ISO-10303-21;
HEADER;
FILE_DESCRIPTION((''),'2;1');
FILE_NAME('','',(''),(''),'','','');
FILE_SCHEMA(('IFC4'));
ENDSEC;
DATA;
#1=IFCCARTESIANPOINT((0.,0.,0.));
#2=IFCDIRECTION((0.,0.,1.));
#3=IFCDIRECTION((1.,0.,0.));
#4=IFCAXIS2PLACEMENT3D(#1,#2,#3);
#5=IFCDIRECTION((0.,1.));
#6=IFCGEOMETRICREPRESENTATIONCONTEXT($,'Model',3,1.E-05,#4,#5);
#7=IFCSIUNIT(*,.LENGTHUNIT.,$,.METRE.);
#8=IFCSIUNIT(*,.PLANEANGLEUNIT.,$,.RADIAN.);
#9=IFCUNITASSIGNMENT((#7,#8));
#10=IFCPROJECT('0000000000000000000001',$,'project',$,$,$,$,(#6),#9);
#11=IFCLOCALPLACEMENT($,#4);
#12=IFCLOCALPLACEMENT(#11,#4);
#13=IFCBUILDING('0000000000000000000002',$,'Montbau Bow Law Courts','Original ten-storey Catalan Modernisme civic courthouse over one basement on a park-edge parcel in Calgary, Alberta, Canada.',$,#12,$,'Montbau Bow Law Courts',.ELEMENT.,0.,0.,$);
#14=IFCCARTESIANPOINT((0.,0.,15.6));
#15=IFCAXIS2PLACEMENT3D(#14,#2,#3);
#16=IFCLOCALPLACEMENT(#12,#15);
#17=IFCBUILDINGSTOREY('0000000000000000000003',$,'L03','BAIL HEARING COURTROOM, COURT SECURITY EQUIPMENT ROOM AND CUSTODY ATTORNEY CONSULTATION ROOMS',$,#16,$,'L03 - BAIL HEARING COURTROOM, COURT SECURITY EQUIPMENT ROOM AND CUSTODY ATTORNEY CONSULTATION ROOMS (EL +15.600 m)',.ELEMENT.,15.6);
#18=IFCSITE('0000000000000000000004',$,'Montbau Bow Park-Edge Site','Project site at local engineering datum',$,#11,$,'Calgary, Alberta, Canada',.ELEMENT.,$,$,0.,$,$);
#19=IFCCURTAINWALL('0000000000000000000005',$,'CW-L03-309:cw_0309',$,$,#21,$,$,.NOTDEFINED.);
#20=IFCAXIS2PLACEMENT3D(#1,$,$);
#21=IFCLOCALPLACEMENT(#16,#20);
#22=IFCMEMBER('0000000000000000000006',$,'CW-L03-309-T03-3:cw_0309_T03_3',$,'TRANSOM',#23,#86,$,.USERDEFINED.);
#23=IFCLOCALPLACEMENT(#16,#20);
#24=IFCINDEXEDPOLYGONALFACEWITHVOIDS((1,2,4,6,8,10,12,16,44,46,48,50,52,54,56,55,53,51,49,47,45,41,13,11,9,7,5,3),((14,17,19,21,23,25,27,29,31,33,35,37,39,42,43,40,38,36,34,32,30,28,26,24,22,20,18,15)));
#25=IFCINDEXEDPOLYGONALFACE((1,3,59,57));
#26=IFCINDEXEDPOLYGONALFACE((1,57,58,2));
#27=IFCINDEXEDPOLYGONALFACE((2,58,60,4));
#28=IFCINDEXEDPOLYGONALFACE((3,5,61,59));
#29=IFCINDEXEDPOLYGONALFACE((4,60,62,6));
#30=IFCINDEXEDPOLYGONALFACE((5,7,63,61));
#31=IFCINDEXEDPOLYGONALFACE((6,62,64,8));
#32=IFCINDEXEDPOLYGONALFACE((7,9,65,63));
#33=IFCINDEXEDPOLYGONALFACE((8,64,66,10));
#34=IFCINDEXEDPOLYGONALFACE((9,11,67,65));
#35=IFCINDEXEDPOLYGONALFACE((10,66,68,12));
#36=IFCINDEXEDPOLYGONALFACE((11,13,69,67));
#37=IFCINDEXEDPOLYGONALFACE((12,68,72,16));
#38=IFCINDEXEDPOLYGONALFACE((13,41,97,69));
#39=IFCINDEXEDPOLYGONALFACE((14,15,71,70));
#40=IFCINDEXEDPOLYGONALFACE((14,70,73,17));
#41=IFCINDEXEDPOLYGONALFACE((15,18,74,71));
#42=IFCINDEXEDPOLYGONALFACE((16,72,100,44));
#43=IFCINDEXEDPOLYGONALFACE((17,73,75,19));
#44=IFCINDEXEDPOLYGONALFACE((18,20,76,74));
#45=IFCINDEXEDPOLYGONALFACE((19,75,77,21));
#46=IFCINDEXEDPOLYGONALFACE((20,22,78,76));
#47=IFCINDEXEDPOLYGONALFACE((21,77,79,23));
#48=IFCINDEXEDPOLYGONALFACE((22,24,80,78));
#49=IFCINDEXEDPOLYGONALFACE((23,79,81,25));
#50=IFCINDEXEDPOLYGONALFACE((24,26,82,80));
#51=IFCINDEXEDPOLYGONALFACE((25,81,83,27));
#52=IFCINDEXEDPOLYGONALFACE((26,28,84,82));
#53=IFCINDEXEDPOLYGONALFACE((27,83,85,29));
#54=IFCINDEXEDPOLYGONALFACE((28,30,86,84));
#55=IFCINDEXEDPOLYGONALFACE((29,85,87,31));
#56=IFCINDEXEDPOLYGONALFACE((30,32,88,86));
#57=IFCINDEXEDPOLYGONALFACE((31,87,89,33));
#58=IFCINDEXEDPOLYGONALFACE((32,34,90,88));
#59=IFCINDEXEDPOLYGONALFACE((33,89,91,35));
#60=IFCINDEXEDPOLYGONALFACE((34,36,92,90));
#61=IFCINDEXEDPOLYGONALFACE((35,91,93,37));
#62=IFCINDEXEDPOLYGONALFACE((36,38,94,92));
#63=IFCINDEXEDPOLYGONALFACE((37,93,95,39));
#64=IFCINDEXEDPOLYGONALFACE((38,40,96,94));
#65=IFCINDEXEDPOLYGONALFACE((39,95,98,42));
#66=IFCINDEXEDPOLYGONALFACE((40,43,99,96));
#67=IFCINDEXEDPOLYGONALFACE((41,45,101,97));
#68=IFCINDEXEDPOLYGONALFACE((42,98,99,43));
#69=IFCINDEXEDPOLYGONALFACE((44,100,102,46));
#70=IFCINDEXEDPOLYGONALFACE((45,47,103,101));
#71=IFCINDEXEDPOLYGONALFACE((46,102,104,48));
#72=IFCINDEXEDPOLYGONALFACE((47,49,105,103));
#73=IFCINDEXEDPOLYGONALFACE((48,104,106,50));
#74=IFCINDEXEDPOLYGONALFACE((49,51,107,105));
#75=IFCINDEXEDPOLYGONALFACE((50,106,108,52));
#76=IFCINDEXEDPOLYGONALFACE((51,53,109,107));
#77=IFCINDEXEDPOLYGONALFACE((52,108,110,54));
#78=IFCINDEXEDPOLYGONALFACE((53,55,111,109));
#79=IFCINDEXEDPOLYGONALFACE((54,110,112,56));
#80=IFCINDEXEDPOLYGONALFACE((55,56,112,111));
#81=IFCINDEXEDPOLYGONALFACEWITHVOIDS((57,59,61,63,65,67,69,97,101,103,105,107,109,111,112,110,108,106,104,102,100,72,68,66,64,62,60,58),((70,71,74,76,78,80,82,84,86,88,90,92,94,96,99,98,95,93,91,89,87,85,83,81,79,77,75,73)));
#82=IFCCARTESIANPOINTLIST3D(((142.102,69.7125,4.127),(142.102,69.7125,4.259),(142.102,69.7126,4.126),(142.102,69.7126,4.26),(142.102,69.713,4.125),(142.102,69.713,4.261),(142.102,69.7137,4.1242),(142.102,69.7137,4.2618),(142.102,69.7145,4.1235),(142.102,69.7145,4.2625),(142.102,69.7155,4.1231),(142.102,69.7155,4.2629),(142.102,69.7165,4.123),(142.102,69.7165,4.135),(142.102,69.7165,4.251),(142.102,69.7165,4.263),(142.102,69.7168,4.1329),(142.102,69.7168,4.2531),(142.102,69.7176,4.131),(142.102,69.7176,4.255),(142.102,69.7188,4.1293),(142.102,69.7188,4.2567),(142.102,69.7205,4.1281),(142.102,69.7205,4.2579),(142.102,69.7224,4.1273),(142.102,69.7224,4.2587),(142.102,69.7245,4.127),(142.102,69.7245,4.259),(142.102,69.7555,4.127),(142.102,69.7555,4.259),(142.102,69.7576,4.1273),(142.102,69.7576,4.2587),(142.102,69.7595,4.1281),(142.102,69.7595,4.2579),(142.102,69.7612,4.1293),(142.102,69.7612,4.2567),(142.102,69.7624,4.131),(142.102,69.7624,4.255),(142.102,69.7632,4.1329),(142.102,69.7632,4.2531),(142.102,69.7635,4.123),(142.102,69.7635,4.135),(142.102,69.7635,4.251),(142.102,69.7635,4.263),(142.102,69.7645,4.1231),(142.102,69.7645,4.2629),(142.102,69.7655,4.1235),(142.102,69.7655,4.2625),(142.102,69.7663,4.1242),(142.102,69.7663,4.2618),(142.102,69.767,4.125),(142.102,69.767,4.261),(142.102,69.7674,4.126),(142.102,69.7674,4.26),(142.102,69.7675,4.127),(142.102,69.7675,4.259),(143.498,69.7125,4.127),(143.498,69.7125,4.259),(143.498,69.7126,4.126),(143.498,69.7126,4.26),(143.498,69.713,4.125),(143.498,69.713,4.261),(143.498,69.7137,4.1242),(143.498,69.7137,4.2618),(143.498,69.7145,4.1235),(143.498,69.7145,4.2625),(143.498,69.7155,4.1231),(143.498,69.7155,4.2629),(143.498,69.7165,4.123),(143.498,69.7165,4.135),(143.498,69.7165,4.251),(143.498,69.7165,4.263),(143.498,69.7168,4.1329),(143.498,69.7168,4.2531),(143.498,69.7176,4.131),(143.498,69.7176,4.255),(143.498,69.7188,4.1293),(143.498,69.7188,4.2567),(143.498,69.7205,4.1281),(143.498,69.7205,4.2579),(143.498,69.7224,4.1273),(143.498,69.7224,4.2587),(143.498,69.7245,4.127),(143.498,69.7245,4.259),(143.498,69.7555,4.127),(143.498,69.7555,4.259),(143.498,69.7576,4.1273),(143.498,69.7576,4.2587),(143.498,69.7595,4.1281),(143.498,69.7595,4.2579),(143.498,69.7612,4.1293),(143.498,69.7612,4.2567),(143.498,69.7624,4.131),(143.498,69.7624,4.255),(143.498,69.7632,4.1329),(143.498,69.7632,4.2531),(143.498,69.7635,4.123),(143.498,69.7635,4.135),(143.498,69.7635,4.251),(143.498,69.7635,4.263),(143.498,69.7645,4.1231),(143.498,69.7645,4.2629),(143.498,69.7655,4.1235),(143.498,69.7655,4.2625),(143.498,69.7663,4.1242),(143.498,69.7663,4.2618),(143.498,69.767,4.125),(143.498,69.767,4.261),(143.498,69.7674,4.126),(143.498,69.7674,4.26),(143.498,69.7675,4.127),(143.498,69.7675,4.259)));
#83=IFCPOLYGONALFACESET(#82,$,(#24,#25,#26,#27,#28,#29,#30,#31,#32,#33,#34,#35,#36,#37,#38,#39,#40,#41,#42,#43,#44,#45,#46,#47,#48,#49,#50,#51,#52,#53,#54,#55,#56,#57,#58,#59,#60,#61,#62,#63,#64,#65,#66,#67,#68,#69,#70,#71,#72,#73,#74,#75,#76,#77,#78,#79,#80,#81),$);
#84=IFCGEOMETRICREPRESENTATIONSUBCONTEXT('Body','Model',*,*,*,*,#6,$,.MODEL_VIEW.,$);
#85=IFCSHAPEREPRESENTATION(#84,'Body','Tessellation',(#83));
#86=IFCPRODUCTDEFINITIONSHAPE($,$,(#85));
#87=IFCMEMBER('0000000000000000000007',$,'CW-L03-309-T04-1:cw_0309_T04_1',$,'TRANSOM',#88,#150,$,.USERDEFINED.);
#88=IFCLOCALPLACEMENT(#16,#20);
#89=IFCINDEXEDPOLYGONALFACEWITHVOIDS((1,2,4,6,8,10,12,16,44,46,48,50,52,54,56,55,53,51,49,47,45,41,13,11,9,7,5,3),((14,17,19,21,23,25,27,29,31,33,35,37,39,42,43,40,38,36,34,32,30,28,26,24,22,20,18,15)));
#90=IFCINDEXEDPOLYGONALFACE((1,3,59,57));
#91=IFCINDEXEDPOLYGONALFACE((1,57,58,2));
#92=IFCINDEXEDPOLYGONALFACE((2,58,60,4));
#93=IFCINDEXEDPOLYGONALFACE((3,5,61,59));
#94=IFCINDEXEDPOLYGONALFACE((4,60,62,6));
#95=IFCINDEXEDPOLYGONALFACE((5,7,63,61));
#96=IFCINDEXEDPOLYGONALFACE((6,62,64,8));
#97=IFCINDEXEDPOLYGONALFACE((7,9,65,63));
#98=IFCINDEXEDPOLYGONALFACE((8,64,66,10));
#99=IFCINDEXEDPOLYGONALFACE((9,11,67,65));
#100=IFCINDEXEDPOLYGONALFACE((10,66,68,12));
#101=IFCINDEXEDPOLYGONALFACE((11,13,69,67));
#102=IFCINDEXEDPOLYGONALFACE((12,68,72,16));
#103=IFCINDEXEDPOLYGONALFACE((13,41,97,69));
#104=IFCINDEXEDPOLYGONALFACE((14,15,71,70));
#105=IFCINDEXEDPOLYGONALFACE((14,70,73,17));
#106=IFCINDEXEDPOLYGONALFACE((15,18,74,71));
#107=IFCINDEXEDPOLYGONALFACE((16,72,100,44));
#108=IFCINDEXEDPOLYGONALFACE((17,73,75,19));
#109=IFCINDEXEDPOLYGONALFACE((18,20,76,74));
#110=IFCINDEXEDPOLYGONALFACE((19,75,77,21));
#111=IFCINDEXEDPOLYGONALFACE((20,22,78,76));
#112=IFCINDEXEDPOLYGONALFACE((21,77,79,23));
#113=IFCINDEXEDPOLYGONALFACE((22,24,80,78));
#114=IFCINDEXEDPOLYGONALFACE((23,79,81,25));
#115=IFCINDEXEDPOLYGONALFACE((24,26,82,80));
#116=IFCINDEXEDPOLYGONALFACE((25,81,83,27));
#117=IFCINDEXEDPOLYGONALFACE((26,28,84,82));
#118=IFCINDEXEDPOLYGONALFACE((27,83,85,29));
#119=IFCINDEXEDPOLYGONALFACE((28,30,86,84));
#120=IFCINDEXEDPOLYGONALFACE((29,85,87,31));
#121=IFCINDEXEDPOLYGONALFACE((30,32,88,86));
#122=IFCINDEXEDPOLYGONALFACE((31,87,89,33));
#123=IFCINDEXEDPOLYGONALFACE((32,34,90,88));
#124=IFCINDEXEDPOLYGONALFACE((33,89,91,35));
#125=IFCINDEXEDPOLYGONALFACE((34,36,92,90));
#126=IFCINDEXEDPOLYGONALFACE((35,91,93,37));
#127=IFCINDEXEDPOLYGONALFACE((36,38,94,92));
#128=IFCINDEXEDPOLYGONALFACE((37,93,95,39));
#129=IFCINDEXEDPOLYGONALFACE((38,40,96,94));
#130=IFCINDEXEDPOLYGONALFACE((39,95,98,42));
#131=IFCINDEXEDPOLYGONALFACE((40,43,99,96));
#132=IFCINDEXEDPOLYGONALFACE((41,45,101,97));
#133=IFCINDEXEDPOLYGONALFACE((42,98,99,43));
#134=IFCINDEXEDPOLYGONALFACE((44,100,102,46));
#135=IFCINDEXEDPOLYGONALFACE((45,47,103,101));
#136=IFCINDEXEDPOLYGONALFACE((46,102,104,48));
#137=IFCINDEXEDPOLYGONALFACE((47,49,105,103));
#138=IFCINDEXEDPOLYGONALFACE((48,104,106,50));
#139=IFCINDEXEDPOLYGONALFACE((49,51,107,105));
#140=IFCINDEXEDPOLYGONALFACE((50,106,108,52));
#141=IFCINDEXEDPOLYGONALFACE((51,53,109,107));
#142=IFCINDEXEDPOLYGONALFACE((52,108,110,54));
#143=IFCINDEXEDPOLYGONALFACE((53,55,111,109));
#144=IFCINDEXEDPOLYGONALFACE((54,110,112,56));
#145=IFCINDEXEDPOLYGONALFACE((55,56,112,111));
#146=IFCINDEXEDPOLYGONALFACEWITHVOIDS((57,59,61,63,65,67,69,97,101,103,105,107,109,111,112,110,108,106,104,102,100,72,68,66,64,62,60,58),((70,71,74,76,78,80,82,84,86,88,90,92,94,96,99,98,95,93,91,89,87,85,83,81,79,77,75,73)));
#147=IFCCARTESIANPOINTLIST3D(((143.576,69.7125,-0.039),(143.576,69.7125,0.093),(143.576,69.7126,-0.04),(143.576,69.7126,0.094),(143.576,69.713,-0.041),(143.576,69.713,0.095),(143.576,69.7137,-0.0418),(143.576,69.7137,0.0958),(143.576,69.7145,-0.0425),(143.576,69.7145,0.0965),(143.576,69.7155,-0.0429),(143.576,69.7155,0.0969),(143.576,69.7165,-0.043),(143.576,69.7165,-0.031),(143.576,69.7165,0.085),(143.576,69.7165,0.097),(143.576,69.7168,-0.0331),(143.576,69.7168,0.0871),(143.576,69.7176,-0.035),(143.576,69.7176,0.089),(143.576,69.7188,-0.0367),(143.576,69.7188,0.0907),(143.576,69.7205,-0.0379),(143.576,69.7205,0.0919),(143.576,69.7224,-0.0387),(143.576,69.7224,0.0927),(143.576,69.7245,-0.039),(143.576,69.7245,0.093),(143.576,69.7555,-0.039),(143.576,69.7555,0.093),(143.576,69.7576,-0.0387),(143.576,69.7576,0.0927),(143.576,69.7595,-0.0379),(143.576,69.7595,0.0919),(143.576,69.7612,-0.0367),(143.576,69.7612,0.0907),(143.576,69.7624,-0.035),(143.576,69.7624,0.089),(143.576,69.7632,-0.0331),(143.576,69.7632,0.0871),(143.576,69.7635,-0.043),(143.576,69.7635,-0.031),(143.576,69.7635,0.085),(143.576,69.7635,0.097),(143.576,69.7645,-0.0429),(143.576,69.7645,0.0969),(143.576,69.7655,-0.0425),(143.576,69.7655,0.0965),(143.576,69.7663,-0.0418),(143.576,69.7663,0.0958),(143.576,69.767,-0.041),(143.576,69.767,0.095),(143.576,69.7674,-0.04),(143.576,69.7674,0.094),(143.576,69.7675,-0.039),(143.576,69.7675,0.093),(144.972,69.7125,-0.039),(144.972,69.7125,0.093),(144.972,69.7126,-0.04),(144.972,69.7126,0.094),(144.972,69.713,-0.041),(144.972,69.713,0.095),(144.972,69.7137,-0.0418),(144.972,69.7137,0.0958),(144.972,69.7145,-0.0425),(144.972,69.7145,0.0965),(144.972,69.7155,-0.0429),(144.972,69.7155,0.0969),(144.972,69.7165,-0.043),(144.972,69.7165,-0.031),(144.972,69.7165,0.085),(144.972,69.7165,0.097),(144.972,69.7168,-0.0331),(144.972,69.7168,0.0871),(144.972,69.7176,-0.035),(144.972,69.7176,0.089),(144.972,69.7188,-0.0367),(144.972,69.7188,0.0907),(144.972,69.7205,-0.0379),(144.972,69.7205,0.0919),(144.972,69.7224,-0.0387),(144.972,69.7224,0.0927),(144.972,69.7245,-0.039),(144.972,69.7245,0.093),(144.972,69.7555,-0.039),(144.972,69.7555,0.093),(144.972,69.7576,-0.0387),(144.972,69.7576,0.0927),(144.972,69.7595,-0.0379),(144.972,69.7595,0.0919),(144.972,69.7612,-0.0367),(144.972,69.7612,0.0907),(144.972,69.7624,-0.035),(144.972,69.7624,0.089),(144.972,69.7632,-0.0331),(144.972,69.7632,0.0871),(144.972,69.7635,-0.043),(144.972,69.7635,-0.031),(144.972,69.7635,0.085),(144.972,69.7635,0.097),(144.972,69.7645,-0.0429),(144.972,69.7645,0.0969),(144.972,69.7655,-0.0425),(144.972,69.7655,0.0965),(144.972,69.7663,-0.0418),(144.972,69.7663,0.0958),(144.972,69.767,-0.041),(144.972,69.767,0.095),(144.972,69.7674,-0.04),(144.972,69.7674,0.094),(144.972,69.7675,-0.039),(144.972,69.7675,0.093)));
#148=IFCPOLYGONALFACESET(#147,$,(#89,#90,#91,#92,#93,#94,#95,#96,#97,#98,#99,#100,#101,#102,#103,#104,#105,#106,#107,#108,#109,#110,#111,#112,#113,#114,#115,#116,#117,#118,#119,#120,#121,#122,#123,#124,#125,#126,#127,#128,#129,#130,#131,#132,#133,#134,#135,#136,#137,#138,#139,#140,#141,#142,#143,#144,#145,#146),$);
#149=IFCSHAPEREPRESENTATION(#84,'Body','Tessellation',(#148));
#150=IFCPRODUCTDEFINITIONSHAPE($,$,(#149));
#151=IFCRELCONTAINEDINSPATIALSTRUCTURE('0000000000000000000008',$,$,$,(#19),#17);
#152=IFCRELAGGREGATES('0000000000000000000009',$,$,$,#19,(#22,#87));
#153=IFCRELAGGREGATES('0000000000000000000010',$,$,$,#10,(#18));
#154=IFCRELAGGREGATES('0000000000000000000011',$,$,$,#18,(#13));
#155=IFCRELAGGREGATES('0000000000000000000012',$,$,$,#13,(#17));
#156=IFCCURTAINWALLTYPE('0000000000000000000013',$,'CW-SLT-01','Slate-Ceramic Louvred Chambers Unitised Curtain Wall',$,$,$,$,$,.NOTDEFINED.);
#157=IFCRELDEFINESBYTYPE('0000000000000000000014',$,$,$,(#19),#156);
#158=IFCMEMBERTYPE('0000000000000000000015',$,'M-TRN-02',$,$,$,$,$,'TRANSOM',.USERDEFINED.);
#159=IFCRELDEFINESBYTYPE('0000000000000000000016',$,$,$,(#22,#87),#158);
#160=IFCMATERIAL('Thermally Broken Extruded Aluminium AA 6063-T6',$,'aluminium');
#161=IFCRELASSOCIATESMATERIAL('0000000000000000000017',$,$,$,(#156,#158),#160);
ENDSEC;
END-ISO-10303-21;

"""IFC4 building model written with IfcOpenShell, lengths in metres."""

from ifc_helpers import new_model, si_unit, direction, frame, origin_with_axes, origin_2d_with_axis, place, context, subcontext, project, spatial, hollow_rectangle, extrude, material, material_profile, profile_set, type_object, element, aggregate, save


model = new_model("IFC4")

# Units and contexts
model_context = context("Model", 3, precision=1e-05, world=origin_with_axes(), true_north=direction((0.0, 1.0)))
body_context = subcontext(model_context, "Body", "Model", "MODEL_VIEW")
ifc_project = project(units=[si_unit("LENGTHUNIT", "METRE"), si_unit("PLANEANGLEUNIT", "RADIAN")], contexts=[model_context])

# Site, building, storey
site_placement = place(None, origin_with_axes())
site = spatial("IfcSite", under=ifc_project, at=site_placement, Name="Montbau Bow Park-Edge Site", Description="Project site at local engineering datum", LongName="Calgary, Alberta, Canada", CompositionType="ELEMENT", RefElevation=0.0)
building_placement = place(site_placement, origin_with_axes())
building = spatial("IfcBuilding", under=site, at=building_placement, Name="Montbau Bow Law Courts", Description="Original ten-storey Catalan Modernisme civic courthouse over one basement on a park-edge parcel in Calgary, Alberta, Canada.", LongName="Montbau Bow Law Courts", CompositionType="ELEMENT", ElevationOfRefHeight=0.0, ElevationOfTerrain=0.0)
storey_placement = place(building_placement, frame((0.0, 0.0, 15.6), z_axis=(0.0, 0.0, 1.0), x_axis=(1.0, 0.0, 0.0)))
storey = spatial("IfcBuildingStorey", under=building, at=storey_placement, Name="L03", Description="BAIL HEARING COURTROOM, COURT SECURITY EQUIPMENT ROOM AND CUSTODY ATTORNEY CONSULTATION ROOMS", LongName="L03 - BAIL HEARING COURTROOM, COURT SECURITY EQUIPMENT ROOM AND CUSTODY ATTORNEY CONSULTATION ROOMS (EL +15.600 m)", CompositionType="ELEMENT", Elevation=15.6)

# Curtain wall, members
ifc_material_1 = material(Name="Thermally Broken Extruded Aluminium AA 6063-T6", Category="aluminium")
curtain_wall_type = type_object("IfcCurtainWallType", Name="CW-SLT-01", Description="Slate-Ceramic Louvred Chambers Unitised Curtain Wall", PredefinedType="NOTDEFINED", material=ifc_material_1)
curtain_wall_placement = place(None, frame((139.115, 69.74, 15.6), z_axis=(0.0, 0.0, 1.0), x_axis=(1.0, 0.0, 0.0)))
curtain_wall = element("IfcCurtainWall", 1, at=curtain_wall_placement, inside=storey, type_object=curtain_wall_type, Name="CW-L03-309:cw_0309", PredefinedType="NOTDEFINED")
ifc_material_profile_1 = material_profile(ifc_material_1, hollow_rectangle(XDim=0.055, YDim=0.14, WallThickness=0.004, InnerFilletRadius=0.008, OuterFilletRadius=0.004, at=origin_2d_with_axis()), Name="CWT-140X55", Category="Main", Priority=0)
ifc_profile_set_1 = profile_set([ifc_material_profile_1], Name="Thermally Broken Extruded Aluminium AA 6063-T6")
member_type_1 = type_object("IfcMemberType", Name="M-TRN-02", ElementType="TRANSOM", PredefinedType="USERDEFINED", material=ifc_profile_set_1)
member_1_placement = place(None, frame((142.102, 69.74, 19.793), z_axis=(1.0, 0.0, 0.0), x_axis=(0.0, 1.0, 0.0)))
member_1 = element("IfcMember", 2, at=member_1_placement, type_object=member_type_1, Name="CW-L03-309-T03-3:cw_0309_T03_3", ObjectType="TRANSOM", PredefinedType="USERDEFINED", context=body_context, shape_type="SweptSolid", body=[
    extrude(hollow_rectangle(XDim=0.055, YDim=0.14, WallThickness=0.004, InnerFilletRadius=0.008, OuterFilletRadius=0.004, at=origin_2d_with_axis()), origin_with_axes(), (0.0, 0.0, 1.0), 1.396),
])
member_2_placement = place(None, frame((143.576, 69.74, 15.627), z_axis=(1.0, 0.0, 0.0), x_axis=(0.0, 1.0, 0.0)))
member_2 = element("IfcMember", 3, at=member_2_placement, type_object=member_type_1, Name="CW-L03-309-T04-1:cw_0309_T04_1", ObjectType="TRANSOM", PredefinedType="USERDEFINED", context=body_context, shape_type="SweptSolid", body=[
    extrude(hollow_rectangle(XDim=0.055, YDim=0.14, WallThickness=0.004, InnerFilletRadius=0.008, OuterFilletRadius=0.004, at=origin_2d_with_axis()), origin_with_axes(), (0.0, 0.0, 1.0), 1.396),
])
aggregate(curtain_wall, [member_1, member_2])

save(model, "model.ifc")
